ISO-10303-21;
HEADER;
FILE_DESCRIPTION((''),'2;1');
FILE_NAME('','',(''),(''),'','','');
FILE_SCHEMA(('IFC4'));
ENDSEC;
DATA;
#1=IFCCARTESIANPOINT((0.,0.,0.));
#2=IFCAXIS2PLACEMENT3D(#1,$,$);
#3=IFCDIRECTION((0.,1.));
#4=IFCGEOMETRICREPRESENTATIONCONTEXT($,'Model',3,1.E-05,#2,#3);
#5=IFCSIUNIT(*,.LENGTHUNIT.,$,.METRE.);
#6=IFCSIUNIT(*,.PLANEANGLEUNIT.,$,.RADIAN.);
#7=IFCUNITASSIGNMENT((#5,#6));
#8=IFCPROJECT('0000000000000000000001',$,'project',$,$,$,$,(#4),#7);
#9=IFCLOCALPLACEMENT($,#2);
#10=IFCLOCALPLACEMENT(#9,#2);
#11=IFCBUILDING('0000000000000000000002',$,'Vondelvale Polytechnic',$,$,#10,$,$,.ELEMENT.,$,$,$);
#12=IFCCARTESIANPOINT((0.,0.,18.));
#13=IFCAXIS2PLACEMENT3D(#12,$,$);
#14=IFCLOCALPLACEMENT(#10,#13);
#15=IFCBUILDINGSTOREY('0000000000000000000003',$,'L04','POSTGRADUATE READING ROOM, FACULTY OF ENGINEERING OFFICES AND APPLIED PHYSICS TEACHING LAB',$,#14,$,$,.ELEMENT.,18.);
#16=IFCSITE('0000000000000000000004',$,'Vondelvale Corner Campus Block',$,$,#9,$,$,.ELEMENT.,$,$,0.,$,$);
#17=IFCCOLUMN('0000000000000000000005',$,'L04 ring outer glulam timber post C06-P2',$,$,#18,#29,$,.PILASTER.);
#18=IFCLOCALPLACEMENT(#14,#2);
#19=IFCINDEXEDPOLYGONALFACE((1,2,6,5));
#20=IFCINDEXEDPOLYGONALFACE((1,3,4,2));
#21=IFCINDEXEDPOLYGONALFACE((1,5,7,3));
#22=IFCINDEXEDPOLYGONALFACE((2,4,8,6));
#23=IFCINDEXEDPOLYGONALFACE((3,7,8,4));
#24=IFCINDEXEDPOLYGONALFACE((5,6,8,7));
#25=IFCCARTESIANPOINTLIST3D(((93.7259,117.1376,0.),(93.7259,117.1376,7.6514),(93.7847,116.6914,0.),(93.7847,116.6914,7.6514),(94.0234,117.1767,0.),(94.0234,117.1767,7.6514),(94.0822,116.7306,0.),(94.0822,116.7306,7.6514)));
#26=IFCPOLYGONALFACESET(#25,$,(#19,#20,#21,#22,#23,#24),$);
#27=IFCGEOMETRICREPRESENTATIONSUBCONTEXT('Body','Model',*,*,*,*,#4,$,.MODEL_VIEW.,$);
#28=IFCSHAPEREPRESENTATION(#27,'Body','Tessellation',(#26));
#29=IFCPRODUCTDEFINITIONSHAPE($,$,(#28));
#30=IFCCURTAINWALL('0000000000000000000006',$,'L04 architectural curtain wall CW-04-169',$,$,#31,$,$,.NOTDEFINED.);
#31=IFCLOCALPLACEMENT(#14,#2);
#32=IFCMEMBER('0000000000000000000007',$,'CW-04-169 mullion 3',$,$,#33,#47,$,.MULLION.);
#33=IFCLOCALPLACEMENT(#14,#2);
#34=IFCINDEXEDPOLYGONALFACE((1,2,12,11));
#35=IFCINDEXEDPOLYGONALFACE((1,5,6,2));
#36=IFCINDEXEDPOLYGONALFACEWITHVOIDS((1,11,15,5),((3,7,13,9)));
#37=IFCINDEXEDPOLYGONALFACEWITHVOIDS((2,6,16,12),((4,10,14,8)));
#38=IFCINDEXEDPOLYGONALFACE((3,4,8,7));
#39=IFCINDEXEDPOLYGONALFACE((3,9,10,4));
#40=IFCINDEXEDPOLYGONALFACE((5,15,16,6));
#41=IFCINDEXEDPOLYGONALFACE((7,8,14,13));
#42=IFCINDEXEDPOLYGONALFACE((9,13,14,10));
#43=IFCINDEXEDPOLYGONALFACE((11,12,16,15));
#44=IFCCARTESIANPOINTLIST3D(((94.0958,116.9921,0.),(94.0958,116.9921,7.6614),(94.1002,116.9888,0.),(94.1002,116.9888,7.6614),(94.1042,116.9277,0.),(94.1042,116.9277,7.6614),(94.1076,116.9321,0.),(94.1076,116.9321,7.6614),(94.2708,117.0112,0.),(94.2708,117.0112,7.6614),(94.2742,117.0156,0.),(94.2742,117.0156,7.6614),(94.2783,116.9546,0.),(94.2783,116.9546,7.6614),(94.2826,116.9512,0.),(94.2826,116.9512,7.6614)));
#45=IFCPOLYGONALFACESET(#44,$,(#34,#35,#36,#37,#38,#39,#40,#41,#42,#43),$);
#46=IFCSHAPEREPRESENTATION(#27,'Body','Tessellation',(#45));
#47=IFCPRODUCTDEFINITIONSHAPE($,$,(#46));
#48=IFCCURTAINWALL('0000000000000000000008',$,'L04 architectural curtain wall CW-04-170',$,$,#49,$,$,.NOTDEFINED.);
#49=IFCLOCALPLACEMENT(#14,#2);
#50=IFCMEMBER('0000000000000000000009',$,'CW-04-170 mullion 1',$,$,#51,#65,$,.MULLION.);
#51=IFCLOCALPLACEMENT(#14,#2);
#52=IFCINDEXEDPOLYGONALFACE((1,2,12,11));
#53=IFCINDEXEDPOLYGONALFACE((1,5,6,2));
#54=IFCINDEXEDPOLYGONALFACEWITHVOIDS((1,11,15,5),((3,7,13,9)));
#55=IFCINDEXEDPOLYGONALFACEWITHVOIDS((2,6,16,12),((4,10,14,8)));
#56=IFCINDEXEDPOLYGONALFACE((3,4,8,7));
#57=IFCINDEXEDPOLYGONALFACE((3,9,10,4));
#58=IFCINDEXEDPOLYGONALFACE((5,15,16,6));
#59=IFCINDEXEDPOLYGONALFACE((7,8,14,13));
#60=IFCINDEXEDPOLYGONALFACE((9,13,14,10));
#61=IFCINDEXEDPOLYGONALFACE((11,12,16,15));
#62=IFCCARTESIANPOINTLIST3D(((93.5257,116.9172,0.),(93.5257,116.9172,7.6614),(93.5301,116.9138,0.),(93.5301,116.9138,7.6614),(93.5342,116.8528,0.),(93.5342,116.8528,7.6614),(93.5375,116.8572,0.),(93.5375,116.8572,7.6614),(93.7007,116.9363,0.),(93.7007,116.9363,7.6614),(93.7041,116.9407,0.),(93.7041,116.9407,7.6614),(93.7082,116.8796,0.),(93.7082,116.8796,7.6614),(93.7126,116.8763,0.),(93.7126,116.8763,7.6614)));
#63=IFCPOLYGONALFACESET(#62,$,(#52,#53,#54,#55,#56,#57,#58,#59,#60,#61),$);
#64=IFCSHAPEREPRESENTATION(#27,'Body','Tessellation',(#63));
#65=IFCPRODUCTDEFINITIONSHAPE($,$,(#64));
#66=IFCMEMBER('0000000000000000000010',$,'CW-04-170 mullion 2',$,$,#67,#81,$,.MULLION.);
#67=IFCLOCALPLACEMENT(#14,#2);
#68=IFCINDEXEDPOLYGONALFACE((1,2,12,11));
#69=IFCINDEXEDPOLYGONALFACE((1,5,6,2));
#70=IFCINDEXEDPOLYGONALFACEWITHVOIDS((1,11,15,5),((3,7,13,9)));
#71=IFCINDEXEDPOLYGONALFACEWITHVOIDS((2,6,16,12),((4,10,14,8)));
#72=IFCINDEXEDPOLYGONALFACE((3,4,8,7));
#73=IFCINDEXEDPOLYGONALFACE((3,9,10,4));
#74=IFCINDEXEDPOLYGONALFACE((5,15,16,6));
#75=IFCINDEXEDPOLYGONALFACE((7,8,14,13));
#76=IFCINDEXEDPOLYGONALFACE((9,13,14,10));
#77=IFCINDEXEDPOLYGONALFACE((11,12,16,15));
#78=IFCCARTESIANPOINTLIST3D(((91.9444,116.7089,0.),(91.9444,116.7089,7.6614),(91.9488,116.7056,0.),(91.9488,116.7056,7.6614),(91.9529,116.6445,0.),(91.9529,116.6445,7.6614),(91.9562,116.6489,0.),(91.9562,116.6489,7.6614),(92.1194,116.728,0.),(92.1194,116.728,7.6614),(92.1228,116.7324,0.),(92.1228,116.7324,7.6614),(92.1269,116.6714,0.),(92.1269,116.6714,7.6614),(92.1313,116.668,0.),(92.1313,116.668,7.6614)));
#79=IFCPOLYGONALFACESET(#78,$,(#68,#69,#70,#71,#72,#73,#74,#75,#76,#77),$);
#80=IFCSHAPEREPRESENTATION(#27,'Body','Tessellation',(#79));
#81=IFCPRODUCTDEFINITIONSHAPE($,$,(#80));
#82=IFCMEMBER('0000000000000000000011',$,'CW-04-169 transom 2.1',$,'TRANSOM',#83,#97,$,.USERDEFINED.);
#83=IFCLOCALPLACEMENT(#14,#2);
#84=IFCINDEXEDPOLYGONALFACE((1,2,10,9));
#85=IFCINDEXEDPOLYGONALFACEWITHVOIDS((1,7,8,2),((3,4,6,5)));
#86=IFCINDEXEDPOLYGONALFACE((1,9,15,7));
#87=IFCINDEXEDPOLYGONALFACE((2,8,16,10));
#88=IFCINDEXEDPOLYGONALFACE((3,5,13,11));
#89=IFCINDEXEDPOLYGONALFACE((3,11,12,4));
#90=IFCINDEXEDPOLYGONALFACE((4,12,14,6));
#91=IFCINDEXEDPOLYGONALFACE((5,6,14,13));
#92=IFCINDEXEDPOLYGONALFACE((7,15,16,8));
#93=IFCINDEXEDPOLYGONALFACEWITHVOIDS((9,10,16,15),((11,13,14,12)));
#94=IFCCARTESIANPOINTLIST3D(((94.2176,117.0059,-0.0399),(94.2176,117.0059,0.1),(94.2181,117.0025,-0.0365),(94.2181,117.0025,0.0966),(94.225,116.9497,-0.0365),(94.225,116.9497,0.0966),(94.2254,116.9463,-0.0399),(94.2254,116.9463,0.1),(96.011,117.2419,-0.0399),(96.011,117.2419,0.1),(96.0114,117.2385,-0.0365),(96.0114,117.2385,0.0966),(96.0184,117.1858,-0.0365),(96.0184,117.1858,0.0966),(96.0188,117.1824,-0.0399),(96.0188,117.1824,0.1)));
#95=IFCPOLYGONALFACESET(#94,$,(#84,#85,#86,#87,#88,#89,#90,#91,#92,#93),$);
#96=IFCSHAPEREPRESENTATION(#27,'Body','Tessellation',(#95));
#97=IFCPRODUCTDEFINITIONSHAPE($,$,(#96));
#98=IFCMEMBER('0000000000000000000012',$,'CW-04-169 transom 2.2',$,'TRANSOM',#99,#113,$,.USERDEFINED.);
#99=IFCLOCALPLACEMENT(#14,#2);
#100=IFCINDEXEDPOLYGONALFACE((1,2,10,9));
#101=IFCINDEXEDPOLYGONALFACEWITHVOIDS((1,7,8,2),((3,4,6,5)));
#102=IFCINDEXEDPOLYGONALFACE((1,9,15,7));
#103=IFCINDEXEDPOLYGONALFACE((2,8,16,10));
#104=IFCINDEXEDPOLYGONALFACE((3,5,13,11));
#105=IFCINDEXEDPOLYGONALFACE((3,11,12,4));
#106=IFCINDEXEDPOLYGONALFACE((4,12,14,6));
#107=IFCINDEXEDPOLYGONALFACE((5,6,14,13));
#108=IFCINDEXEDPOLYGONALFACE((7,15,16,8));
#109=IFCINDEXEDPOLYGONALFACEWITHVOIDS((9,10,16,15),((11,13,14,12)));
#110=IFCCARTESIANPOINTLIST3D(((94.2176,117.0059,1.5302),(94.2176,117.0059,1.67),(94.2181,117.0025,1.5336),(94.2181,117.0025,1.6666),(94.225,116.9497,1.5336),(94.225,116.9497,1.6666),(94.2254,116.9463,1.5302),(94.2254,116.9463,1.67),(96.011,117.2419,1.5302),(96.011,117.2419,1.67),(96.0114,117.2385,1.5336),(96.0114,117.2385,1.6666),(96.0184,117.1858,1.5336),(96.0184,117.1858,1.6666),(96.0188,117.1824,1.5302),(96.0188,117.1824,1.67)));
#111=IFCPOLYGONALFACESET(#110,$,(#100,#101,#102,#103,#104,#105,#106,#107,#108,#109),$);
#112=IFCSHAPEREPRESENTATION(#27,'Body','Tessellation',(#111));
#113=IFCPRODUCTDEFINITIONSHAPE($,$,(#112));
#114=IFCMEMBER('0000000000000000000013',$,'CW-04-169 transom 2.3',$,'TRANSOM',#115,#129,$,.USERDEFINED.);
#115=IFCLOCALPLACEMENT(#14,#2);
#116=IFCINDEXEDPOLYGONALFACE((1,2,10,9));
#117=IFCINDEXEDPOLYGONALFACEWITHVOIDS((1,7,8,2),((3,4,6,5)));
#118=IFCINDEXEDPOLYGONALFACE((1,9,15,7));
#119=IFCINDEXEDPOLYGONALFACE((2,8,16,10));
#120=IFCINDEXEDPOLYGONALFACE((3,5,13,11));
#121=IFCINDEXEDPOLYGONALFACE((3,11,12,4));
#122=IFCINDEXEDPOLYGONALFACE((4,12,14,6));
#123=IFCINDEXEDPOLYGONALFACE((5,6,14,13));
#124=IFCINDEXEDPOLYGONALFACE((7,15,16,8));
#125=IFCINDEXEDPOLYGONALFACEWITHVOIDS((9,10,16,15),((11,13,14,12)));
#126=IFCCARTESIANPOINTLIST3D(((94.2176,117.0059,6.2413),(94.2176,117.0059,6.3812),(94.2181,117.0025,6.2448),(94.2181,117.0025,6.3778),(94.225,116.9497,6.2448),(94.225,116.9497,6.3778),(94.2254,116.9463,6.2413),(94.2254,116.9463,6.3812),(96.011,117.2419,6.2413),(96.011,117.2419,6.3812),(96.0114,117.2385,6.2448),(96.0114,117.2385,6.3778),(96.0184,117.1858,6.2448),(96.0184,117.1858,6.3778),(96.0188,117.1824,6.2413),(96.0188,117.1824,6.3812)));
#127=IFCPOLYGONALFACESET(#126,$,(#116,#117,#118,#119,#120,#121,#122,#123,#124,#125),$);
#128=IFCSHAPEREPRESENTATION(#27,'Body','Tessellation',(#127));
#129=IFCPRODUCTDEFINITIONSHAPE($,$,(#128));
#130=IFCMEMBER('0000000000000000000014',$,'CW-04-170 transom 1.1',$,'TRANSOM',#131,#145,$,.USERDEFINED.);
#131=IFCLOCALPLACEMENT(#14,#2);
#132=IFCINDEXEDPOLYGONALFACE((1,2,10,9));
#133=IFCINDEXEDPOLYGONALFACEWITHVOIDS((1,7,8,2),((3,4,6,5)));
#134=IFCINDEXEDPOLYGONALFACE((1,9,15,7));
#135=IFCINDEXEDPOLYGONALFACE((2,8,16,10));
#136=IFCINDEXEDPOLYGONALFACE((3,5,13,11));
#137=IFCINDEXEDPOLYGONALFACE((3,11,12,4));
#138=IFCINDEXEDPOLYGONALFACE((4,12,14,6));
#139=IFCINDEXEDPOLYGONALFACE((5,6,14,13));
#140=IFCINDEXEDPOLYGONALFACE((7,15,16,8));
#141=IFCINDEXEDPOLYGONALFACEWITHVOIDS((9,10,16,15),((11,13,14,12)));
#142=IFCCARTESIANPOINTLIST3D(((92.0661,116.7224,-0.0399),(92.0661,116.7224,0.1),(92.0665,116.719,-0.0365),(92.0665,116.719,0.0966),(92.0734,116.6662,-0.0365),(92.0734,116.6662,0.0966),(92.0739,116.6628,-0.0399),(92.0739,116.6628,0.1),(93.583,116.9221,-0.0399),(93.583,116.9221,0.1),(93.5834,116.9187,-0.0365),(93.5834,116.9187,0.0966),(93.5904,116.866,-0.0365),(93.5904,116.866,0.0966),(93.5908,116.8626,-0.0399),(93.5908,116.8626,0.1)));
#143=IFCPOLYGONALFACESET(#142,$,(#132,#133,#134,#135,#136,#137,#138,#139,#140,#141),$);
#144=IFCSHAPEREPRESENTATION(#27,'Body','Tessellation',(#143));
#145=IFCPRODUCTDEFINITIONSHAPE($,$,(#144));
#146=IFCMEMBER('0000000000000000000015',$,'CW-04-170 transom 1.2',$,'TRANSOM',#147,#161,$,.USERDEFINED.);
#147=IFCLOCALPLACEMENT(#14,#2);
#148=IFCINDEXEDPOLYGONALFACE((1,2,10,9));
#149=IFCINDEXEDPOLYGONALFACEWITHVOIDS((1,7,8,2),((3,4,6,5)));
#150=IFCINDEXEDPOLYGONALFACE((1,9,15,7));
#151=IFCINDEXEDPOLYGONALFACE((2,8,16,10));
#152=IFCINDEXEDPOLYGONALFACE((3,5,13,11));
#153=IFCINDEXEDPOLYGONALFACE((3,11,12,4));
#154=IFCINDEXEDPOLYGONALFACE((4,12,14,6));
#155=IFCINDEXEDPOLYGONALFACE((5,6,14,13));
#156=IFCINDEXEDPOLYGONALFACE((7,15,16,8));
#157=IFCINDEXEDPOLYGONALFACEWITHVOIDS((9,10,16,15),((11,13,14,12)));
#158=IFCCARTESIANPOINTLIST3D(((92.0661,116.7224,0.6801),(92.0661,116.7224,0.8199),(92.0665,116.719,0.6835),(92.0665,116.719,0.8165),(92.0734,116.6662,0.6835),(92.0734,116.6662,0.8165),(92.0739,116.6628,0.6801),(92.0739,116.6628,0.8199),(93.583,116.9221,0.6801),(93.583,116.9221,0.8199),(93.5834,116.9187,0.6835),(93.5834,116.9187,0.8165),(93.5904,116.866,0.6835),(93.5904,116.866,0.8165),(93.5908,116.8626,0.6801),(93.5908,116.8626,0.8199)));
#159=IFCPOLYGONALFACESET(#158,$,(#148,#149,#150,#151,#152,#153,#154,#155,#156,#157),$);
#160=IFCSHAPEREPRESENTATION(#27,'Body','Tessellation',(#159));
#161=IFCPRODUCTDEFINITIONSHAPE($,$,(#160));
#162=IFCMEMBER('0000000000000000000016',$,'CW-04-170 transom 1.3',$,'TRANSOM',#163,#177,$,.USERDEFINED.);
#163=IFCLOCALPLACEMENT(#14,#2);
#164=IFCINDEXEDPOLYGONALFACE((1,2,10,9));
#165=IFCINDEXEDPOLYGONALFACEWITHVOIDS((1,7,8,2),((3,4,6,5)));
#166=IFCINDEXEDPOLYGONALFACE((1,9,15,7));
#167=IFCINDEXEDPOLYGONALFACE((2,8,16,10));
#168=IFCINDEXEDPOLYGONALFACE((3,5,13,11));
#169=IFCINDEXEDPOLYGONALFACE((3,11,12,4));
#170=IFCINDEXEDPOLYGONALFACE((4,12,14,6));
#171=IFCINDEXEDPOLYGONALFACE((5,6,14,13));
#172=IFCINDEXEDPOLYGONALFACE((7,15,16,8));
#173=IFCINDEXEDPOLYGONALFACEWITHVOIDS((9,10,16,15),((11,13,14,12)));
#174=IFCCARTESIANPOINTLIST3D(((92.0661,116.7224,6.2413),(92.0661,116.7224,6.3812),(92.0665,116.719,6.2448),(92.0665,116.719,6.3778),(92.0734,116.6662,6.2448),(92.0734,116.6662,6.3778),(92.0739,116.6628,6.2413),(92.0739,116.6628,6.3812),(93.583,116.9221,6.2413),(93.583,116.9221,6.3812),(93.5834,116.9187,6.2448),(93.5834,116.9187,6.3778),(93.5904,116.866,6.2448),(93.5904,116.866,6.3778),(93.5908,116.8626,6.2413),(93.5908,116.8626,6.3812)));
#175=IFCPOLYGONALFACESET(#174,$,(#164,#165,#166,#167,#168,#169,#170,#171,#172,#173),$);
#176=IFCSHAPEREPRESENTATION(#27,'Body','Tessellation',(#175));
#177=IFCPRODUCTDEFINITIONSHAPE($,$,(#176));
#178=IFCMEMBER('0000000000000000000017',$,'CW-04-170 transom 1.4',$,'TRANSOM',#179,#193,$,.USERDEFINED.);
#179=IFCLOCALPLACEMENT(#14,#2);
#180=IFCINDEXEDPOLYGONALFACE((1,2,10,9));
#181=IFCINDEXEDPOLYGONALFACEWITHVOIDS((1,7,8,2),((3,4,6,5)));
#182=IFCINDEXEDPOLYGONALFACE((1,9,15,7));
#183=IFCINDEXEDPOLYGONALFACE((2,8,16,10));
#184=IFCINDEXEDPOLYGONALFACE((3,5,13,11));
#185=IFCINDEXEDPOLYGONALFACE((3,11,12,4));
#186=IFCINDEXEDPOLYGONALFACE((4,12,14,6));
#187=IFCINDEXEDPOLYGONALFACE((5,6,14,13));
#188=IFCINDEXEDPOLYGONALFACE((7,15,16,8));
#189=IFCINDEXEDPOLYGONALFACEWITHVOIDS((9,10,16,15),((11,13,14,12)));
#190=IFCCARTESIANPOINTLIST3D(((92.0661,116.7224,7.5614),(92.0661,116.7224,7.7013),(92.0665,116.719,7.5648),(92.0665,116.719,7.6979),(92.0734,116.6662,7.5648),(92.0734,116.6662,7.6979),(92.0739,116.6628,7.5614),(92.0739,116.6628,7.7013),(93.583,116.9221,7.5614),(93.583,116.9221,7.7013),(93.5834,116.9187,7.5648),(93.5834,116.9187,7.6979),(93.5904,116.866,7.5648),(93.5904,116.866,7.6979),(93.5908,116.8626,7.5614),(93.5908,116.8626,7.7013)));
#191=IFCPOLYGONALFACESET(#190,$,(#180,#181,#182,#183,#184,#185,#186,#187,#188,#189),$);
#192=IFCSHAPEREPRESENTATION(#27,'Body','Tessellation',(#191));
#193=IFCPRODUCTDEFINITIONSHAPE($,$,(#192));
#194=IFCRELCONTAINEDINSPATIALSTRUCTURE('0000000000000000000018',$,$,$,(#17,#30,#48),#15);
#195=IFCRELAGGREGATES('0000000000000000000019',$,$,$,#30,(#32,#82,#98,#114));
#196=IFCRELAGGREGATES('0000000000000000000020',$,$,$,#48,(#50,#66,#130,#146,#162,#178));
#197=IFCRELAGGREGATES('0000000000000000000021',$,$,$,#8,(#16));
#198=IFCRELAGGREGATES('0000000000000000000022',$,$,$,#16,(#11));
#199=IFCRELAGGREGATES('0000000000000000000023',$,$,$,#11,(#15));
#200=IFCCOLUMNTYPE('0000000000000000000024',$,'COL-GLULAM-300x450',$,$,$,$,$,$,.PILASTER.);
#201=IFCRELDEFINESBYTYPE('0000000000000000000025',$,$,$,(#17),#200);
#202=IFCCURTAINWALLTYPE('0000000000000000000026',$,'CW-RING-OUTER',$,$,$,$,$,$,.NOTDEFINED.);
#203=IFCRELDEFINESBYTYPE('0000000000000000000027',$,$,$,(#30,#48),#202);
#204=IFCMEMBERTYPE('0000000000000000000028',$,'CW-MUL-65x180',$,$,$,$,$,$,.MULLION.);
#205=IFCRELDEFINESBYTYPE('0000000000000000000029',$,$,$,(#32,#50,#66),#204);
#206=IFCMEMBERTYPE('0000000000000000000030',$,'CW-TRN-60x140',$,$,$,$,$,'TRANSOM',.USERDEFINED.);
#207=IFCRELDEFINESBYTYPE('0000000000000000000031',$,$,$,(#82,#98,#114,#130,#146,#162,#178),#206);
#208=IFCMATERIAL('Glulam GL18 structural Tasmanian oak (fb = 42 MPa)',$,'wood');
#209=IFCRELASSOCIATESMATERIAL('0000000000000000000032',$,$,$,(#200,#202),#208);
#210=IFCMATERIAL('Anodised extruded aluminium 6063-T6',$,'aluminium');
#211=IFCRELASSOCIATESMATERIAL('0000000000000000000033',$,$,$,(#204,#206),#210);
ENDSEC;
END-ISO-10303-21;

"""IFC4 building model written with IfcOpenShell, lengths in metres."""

from ifc_helpers import new_model, si_unit, direction, frame, origin, origin_2d, place, context, subcontext, project, spatial, rectangle, hollow_rectangle, extrude, material, material_profile, profile_set, type_object, element, aggregate, save


model = new_model("IFC4")

# Units and contexts
model_context = context("Model", 3, precision=1e-05, world=origin(), true_north=direction((0.0, 1.0)))
body_context = subcontext(model_context, "Body", "Model", "MODEL_VIEW")
ifc_project = project(units=[si_unit("LENGTHUNIT", "METRE"), si_unit("PLANEANGLEUNIT", "RADIAN")], contexts=[model_context])

# Site, building, storey
site_placement = place(None, origin())
site = spatial("IfcSite", under=ifc_project, at=site_placement, Name="Vondelvale Corner Campus Block", CompositionType="ELEMENT", RefElevation=0.0)
building_placement = place(site_placement, origin())
building = spatial("IfcBuilding", under=site, at=building_placement, Name="Vondelvale Polytechnic", CompositionType="ELEMENT")
storey_placement = place(building_placement, frame((0.0, 0.0, 18.0)))
storey = spatial("IfcBuildingStorey", under=building, at=storey_placement, Name="L04", Description="POSTGRADUATE READING ROOM, FACULTY OF ENGINEERING OFFICES AND APPLIED PHYSICS TEACHING LAB", CompositionType="ELEMENT", Elevation=18.0)

# Column
ifc_material_1 = material(Name="Glulam GL18 structural Tasmanian oak (fb = 42 MPa)", Category="wood")
ifc_material_profile_1 = material_profile(ifc_material_1, rectangle(XDim=0.3, YDim=0.45, at=origin_2d()), Name="GL-POST-300x450")
ifc_profile_set_1 = profile_set([ifc_material_profile_1], Name="Glulam GL18 structural Tasmanian oak (fb = 42 MPa)")
column_type = type_object("IfcColumnType", Name="COL-GLULAM-300x450", PredefinedType="PILASTER", material=ifc_profile_set_1)
column_placement = place(storey_placement, frame((93.9041, 116.9341, 0.0), z_axis=(0.0, 0.0, 1.0), x_axis=(0.991445, 0.130526, 0.0)))
element("IfcColumn", 1, at=column_placement, inside=storey, type_object=column_type, Name="L04 ring outer glulam timber post C06-P2", PredefinedType="PILASTER", context=body_context, shape_type="SweptSolid", body=[
    extrude(rectangle(XDim=0.3, YDim=0.45, at=origin_2d()), origin(), (0.0, 0.0, 1.0), 7.6514),
])

# Curtain wall, member
curtain_wall_type = type_object("IfcCurtainWallType", Name="CW-RING-OUTER", PredefinedType="NOTDEFINED", material=ifc_material_1)
curtain_wall_1_placement = place(storey_placement, origin())
curtain_wall_1 = element("IfcCurtainWall", 2, at=curtain_wall_1_placement, inside=storey, type_object=curtain_wall_type, Name="L04 architectural curtain wall CW-04-169", PredefinedType="NOTDEFINED")
ifc_material_2 = material(Name="Anodised extruded aluminium 6063-T6", Category="aluminium")
ifc_material_profile_2 = material_profile(ifc_material_2, hollow_rectangle(XDim=0.0649, YDim=0.1799, WallThickness=0.0039, at=origin_2d()), Name="CW-MUL-180x65")
ifc_profile_set_2 = profile_set([ifc_material_profile_2], Name="Anodised extruded aluminium 6063-T6")
member_type_1 = type_object("IfcMemberType", Name="CW-MUL-65x180", PredefinedType="MULLION", material=ifc_profile_set_2)
member_1_placement = place(storey_placement, frame((94.1892, 116.9717, 0.0), z_axis=(0.0, 0.0, 1.0), x_axis=(0.130497, -0.991449, 0.0)))
member_1 = element("IfcMember", 3, at=member_1_placement, type_object=member_type_1, Name="CW-04-169 mullion 3", PredefinedType="MULLION", context=body_context, shape_type="SweptSolid", body=[
    extrude(hollow_rectangle(XDim=0.0649, YDim=0.1799, WallThickness=0.0039, at=origin_2d()), origin(), (0.0, 0.0, 1.0), 7.6614),
])

# Curtain wall, members
curtain_wall_2_placement = place(storey_placement, origin())
curtain_wall_2 = element("IfcCurtainWall", 4, at=curtain_wall_2_placement, inside=storey, type_object=curtain_wall_type, Name="L04 architectural curtain wall CW-04-170", PredefinedType="NOTDEFINED")
member_2_placement = place(storey_placement, frame((93.6191, 116.8967, 0.0), z_axis=(0.0, 0.0, 1.0), x_axis=(0.13054, -0.991443, 0.0)))
member_2 = element("IfcMember", 5, at=member_2_placement, type_object=member_type_1, Name="CW-04-170 mullion 1", PredefinedType="MULLION", context=body_context, shape_type="SweptSolid", body=[
    extrude(hollow_rectangle(XDim=0.0649, YDim=0.1799, WallThickness=0.0039, at=origin_2d()), origin(), (0.0, 0.0, 1.0), 7.6614),
])
member_3_placement = place(storey_placement, frame((92.0378, 116.6885, 0.0), z_axis=(0.0, 0.0, 1.0), x_axis=(0.13054, -0.991443, 0.0)))
member_3 = element("IfcMember", 6, at=member_3_placement, type_object=member_type_1, Name="CW-04-170 mullion 2", PredefinedType="MULLION", context=body_context, shape_type="SweptSolid", body=[
    extrude(hollow_rectangle(XDim=0.0649, YDim=0.1799, WallThickness=0.0039, at=origin_2d()), origin(), (0.0, 0.0, 1.0), 7.6614),
])

# Members
ifc_material_profile_3 = material_profile(ifc_material_2, hollow_rectangle(XDim=0.0601, YDim=0.1399, WallThickness=0.0034, at=origin_2d()), Name="CW-TRN-140x60")
ifc_profile_set_3 = profile_set([ifc_material_profile_3], Name="Anodised extruded aluminium 6063-T6")
member_type_2 = type_object("IfcMemberType", Name="CW-TRN-60x140", ElementType="TRANSOM", PredefinedType="USERDEFINED", material=ifc_profile_set_3)
member_4_placement = place(storey_placement, frame((96.0149, 117.2122, 0.03), z_axis=(-0.991447, -0.13051, 0.0), x_axis=(0.13051, -0.991447, 0.0)))
member_4 = element("IfcMember", 7, at=member_4_placement, type_object=member_type_2, Name="CW-04-169 transom 2.1", ObjectType="TRANSOM", PredefinedType="USERDEFINED", context=body_context, shape_type="SweptSolid", body=[
    extrude(hollow_rectangle(XDim=0.0601, YDim=0.1399, WallThickness=0.0034, at=origin_2d()), origin(), (0.0, 0.0, 1.0), 1.8088),
])
member_5_placement = place(storey_placement, frame((96.0149, 117.2122, 1.6001), z_axis=(-0.991447, -0.13051, 0.0), x_axis=(0.13051, -0.991447, 0.0)))
member_5 = element("IfcMember", 8, at=member_5_placement, type_object=member_type_2, Name="CW-04-169 transom 2.2", ObjectType="TRANSOM", PredefinedType="USERDEFINED", context=body_context, shape_type="SweptSolid", body=[
    extrude(hollow_rectangle(XDim=0.0601, YDim=0.1399, WallThickness=0.0034, at=origin_2d()), origin(), (0.0, 0.0, 1.0), 1.8088),
])
member_6_placement = place(storey_placement, frame((96.0149, 117.2122, 6.3113), z_axis=(-0.991447, -0.13051, 0.0), x_axis=(0.13051, -0.991447, 0.0)))
member_6 = element("IfcMember", 9, at=member_6_placement, type_object=member_type_2, Name="CW-04-169 transom 2.3", ObjectType="TRANSOM", PredefinedType="USERDEFINED", context=body_context, shape_type="SweptSolid", body=[
    extrude(hollow_rectangle(XDim=0.0601, YDim=0.1399, WallThickness=0.0034, at=origin_2d()), origin(), (0.0, 0.0, 1.0), 1.8088),
])
member_7_placement = place(storey_placement, frame((93.5869, 116.8923, 0.03), z_axis=(-0.991444, -0.130533, 0.0), x_axis=(0.130533, -0.991444, 0.0)))
member_7 = element("IfcMember", 10, at=member_7_placement, type_object=member_type_2, Name="CW-04-170 transom 1.1", ObjectType="TRANSOM", PredefinedType="USERDEFINED", context=body_context, shape_type="SweptSolid", body=[
    extrude(hollow_rectangle(XDim=0.0601, YDim=0.1399, WallThickness=0.0034, at=origin_2d()), origin(), (0.0, 0.0, 1.0), 1.53),
])
member_8_placement = place(storey_placement, frame((93.5869, 116.8923, 0.75), z_axis=(-0.991444, -0.130533, 0.0), x_axis=(0.130533, -0.991444, 0.0)))
member_8 = element("IfcMember", 11, at=member_8_placement, type_object=member_type_2, Name="CW-04-170 transom 1.2", ObjectType="TRANSOM", PredefinedType="USERDEFINED", context=body_context, shape_type="SweptSolid", body=[
    extrude(hollow_rectangle(XDim=0.0601, YDim=0.1399, WallThickness=0.0034, at=origin_2d()), origin(), (0.0, 0.0, 1.0), 1.53),
])
member_9_placement = place(storey_placement, frame((93.5869, 116.8923, 6.3113), z_axis=(-0.991444, -0.130533, 0.0), x_axis=(0.130533, -0.991444, 0.0)))
member_9 = element("IfcMember", 12, at=member_9_placement, type_object=member_type_2, Name="CW-04-170 transom 1.3", ObjectType="TRANSOM", PredefinedType="USERDEFINED", context=body_context, shape_type="SweptSolid", body=[
    extrude(hollow_rectangle(XDim=0.0601, YDim=0.1399, WallThickness=0.0034, at=origin_2d()), origin(), (0.0, 0.0, 1.0), 1.53),
])
member_10_placement = place(storey_placement, frame((93.5869, 116.8923, 7.6313), z_axis=(-0.991444, -0.130533, 0.0), x_axis=(0.130533, -0.991444, 0.0)))
member_10 = element("IfcMember", 13, at=member_10_placement, type_object=member_type_2, Name="CW-04-170 transom 1.4", ObjectType="TRANSOM", PredefinedType="USERDEFINED", context=body_context, shape_type="SweptSolid", body=[
    extrude(hollow_rectangle(XDim=0.0601, YDim=0.1399, WallThickness=0.0034, at=origin_2d()), origin(), (0.0, 0.0, 1.0), 1.53),
])

aggregate(curtain_wall_1, [member_1, member_4, member_5, member_6])
aggregate(curtain_wall_2, [member_2, member_3, member_7, member_8, member_9, member_10])

save(model, "model.ifc")
